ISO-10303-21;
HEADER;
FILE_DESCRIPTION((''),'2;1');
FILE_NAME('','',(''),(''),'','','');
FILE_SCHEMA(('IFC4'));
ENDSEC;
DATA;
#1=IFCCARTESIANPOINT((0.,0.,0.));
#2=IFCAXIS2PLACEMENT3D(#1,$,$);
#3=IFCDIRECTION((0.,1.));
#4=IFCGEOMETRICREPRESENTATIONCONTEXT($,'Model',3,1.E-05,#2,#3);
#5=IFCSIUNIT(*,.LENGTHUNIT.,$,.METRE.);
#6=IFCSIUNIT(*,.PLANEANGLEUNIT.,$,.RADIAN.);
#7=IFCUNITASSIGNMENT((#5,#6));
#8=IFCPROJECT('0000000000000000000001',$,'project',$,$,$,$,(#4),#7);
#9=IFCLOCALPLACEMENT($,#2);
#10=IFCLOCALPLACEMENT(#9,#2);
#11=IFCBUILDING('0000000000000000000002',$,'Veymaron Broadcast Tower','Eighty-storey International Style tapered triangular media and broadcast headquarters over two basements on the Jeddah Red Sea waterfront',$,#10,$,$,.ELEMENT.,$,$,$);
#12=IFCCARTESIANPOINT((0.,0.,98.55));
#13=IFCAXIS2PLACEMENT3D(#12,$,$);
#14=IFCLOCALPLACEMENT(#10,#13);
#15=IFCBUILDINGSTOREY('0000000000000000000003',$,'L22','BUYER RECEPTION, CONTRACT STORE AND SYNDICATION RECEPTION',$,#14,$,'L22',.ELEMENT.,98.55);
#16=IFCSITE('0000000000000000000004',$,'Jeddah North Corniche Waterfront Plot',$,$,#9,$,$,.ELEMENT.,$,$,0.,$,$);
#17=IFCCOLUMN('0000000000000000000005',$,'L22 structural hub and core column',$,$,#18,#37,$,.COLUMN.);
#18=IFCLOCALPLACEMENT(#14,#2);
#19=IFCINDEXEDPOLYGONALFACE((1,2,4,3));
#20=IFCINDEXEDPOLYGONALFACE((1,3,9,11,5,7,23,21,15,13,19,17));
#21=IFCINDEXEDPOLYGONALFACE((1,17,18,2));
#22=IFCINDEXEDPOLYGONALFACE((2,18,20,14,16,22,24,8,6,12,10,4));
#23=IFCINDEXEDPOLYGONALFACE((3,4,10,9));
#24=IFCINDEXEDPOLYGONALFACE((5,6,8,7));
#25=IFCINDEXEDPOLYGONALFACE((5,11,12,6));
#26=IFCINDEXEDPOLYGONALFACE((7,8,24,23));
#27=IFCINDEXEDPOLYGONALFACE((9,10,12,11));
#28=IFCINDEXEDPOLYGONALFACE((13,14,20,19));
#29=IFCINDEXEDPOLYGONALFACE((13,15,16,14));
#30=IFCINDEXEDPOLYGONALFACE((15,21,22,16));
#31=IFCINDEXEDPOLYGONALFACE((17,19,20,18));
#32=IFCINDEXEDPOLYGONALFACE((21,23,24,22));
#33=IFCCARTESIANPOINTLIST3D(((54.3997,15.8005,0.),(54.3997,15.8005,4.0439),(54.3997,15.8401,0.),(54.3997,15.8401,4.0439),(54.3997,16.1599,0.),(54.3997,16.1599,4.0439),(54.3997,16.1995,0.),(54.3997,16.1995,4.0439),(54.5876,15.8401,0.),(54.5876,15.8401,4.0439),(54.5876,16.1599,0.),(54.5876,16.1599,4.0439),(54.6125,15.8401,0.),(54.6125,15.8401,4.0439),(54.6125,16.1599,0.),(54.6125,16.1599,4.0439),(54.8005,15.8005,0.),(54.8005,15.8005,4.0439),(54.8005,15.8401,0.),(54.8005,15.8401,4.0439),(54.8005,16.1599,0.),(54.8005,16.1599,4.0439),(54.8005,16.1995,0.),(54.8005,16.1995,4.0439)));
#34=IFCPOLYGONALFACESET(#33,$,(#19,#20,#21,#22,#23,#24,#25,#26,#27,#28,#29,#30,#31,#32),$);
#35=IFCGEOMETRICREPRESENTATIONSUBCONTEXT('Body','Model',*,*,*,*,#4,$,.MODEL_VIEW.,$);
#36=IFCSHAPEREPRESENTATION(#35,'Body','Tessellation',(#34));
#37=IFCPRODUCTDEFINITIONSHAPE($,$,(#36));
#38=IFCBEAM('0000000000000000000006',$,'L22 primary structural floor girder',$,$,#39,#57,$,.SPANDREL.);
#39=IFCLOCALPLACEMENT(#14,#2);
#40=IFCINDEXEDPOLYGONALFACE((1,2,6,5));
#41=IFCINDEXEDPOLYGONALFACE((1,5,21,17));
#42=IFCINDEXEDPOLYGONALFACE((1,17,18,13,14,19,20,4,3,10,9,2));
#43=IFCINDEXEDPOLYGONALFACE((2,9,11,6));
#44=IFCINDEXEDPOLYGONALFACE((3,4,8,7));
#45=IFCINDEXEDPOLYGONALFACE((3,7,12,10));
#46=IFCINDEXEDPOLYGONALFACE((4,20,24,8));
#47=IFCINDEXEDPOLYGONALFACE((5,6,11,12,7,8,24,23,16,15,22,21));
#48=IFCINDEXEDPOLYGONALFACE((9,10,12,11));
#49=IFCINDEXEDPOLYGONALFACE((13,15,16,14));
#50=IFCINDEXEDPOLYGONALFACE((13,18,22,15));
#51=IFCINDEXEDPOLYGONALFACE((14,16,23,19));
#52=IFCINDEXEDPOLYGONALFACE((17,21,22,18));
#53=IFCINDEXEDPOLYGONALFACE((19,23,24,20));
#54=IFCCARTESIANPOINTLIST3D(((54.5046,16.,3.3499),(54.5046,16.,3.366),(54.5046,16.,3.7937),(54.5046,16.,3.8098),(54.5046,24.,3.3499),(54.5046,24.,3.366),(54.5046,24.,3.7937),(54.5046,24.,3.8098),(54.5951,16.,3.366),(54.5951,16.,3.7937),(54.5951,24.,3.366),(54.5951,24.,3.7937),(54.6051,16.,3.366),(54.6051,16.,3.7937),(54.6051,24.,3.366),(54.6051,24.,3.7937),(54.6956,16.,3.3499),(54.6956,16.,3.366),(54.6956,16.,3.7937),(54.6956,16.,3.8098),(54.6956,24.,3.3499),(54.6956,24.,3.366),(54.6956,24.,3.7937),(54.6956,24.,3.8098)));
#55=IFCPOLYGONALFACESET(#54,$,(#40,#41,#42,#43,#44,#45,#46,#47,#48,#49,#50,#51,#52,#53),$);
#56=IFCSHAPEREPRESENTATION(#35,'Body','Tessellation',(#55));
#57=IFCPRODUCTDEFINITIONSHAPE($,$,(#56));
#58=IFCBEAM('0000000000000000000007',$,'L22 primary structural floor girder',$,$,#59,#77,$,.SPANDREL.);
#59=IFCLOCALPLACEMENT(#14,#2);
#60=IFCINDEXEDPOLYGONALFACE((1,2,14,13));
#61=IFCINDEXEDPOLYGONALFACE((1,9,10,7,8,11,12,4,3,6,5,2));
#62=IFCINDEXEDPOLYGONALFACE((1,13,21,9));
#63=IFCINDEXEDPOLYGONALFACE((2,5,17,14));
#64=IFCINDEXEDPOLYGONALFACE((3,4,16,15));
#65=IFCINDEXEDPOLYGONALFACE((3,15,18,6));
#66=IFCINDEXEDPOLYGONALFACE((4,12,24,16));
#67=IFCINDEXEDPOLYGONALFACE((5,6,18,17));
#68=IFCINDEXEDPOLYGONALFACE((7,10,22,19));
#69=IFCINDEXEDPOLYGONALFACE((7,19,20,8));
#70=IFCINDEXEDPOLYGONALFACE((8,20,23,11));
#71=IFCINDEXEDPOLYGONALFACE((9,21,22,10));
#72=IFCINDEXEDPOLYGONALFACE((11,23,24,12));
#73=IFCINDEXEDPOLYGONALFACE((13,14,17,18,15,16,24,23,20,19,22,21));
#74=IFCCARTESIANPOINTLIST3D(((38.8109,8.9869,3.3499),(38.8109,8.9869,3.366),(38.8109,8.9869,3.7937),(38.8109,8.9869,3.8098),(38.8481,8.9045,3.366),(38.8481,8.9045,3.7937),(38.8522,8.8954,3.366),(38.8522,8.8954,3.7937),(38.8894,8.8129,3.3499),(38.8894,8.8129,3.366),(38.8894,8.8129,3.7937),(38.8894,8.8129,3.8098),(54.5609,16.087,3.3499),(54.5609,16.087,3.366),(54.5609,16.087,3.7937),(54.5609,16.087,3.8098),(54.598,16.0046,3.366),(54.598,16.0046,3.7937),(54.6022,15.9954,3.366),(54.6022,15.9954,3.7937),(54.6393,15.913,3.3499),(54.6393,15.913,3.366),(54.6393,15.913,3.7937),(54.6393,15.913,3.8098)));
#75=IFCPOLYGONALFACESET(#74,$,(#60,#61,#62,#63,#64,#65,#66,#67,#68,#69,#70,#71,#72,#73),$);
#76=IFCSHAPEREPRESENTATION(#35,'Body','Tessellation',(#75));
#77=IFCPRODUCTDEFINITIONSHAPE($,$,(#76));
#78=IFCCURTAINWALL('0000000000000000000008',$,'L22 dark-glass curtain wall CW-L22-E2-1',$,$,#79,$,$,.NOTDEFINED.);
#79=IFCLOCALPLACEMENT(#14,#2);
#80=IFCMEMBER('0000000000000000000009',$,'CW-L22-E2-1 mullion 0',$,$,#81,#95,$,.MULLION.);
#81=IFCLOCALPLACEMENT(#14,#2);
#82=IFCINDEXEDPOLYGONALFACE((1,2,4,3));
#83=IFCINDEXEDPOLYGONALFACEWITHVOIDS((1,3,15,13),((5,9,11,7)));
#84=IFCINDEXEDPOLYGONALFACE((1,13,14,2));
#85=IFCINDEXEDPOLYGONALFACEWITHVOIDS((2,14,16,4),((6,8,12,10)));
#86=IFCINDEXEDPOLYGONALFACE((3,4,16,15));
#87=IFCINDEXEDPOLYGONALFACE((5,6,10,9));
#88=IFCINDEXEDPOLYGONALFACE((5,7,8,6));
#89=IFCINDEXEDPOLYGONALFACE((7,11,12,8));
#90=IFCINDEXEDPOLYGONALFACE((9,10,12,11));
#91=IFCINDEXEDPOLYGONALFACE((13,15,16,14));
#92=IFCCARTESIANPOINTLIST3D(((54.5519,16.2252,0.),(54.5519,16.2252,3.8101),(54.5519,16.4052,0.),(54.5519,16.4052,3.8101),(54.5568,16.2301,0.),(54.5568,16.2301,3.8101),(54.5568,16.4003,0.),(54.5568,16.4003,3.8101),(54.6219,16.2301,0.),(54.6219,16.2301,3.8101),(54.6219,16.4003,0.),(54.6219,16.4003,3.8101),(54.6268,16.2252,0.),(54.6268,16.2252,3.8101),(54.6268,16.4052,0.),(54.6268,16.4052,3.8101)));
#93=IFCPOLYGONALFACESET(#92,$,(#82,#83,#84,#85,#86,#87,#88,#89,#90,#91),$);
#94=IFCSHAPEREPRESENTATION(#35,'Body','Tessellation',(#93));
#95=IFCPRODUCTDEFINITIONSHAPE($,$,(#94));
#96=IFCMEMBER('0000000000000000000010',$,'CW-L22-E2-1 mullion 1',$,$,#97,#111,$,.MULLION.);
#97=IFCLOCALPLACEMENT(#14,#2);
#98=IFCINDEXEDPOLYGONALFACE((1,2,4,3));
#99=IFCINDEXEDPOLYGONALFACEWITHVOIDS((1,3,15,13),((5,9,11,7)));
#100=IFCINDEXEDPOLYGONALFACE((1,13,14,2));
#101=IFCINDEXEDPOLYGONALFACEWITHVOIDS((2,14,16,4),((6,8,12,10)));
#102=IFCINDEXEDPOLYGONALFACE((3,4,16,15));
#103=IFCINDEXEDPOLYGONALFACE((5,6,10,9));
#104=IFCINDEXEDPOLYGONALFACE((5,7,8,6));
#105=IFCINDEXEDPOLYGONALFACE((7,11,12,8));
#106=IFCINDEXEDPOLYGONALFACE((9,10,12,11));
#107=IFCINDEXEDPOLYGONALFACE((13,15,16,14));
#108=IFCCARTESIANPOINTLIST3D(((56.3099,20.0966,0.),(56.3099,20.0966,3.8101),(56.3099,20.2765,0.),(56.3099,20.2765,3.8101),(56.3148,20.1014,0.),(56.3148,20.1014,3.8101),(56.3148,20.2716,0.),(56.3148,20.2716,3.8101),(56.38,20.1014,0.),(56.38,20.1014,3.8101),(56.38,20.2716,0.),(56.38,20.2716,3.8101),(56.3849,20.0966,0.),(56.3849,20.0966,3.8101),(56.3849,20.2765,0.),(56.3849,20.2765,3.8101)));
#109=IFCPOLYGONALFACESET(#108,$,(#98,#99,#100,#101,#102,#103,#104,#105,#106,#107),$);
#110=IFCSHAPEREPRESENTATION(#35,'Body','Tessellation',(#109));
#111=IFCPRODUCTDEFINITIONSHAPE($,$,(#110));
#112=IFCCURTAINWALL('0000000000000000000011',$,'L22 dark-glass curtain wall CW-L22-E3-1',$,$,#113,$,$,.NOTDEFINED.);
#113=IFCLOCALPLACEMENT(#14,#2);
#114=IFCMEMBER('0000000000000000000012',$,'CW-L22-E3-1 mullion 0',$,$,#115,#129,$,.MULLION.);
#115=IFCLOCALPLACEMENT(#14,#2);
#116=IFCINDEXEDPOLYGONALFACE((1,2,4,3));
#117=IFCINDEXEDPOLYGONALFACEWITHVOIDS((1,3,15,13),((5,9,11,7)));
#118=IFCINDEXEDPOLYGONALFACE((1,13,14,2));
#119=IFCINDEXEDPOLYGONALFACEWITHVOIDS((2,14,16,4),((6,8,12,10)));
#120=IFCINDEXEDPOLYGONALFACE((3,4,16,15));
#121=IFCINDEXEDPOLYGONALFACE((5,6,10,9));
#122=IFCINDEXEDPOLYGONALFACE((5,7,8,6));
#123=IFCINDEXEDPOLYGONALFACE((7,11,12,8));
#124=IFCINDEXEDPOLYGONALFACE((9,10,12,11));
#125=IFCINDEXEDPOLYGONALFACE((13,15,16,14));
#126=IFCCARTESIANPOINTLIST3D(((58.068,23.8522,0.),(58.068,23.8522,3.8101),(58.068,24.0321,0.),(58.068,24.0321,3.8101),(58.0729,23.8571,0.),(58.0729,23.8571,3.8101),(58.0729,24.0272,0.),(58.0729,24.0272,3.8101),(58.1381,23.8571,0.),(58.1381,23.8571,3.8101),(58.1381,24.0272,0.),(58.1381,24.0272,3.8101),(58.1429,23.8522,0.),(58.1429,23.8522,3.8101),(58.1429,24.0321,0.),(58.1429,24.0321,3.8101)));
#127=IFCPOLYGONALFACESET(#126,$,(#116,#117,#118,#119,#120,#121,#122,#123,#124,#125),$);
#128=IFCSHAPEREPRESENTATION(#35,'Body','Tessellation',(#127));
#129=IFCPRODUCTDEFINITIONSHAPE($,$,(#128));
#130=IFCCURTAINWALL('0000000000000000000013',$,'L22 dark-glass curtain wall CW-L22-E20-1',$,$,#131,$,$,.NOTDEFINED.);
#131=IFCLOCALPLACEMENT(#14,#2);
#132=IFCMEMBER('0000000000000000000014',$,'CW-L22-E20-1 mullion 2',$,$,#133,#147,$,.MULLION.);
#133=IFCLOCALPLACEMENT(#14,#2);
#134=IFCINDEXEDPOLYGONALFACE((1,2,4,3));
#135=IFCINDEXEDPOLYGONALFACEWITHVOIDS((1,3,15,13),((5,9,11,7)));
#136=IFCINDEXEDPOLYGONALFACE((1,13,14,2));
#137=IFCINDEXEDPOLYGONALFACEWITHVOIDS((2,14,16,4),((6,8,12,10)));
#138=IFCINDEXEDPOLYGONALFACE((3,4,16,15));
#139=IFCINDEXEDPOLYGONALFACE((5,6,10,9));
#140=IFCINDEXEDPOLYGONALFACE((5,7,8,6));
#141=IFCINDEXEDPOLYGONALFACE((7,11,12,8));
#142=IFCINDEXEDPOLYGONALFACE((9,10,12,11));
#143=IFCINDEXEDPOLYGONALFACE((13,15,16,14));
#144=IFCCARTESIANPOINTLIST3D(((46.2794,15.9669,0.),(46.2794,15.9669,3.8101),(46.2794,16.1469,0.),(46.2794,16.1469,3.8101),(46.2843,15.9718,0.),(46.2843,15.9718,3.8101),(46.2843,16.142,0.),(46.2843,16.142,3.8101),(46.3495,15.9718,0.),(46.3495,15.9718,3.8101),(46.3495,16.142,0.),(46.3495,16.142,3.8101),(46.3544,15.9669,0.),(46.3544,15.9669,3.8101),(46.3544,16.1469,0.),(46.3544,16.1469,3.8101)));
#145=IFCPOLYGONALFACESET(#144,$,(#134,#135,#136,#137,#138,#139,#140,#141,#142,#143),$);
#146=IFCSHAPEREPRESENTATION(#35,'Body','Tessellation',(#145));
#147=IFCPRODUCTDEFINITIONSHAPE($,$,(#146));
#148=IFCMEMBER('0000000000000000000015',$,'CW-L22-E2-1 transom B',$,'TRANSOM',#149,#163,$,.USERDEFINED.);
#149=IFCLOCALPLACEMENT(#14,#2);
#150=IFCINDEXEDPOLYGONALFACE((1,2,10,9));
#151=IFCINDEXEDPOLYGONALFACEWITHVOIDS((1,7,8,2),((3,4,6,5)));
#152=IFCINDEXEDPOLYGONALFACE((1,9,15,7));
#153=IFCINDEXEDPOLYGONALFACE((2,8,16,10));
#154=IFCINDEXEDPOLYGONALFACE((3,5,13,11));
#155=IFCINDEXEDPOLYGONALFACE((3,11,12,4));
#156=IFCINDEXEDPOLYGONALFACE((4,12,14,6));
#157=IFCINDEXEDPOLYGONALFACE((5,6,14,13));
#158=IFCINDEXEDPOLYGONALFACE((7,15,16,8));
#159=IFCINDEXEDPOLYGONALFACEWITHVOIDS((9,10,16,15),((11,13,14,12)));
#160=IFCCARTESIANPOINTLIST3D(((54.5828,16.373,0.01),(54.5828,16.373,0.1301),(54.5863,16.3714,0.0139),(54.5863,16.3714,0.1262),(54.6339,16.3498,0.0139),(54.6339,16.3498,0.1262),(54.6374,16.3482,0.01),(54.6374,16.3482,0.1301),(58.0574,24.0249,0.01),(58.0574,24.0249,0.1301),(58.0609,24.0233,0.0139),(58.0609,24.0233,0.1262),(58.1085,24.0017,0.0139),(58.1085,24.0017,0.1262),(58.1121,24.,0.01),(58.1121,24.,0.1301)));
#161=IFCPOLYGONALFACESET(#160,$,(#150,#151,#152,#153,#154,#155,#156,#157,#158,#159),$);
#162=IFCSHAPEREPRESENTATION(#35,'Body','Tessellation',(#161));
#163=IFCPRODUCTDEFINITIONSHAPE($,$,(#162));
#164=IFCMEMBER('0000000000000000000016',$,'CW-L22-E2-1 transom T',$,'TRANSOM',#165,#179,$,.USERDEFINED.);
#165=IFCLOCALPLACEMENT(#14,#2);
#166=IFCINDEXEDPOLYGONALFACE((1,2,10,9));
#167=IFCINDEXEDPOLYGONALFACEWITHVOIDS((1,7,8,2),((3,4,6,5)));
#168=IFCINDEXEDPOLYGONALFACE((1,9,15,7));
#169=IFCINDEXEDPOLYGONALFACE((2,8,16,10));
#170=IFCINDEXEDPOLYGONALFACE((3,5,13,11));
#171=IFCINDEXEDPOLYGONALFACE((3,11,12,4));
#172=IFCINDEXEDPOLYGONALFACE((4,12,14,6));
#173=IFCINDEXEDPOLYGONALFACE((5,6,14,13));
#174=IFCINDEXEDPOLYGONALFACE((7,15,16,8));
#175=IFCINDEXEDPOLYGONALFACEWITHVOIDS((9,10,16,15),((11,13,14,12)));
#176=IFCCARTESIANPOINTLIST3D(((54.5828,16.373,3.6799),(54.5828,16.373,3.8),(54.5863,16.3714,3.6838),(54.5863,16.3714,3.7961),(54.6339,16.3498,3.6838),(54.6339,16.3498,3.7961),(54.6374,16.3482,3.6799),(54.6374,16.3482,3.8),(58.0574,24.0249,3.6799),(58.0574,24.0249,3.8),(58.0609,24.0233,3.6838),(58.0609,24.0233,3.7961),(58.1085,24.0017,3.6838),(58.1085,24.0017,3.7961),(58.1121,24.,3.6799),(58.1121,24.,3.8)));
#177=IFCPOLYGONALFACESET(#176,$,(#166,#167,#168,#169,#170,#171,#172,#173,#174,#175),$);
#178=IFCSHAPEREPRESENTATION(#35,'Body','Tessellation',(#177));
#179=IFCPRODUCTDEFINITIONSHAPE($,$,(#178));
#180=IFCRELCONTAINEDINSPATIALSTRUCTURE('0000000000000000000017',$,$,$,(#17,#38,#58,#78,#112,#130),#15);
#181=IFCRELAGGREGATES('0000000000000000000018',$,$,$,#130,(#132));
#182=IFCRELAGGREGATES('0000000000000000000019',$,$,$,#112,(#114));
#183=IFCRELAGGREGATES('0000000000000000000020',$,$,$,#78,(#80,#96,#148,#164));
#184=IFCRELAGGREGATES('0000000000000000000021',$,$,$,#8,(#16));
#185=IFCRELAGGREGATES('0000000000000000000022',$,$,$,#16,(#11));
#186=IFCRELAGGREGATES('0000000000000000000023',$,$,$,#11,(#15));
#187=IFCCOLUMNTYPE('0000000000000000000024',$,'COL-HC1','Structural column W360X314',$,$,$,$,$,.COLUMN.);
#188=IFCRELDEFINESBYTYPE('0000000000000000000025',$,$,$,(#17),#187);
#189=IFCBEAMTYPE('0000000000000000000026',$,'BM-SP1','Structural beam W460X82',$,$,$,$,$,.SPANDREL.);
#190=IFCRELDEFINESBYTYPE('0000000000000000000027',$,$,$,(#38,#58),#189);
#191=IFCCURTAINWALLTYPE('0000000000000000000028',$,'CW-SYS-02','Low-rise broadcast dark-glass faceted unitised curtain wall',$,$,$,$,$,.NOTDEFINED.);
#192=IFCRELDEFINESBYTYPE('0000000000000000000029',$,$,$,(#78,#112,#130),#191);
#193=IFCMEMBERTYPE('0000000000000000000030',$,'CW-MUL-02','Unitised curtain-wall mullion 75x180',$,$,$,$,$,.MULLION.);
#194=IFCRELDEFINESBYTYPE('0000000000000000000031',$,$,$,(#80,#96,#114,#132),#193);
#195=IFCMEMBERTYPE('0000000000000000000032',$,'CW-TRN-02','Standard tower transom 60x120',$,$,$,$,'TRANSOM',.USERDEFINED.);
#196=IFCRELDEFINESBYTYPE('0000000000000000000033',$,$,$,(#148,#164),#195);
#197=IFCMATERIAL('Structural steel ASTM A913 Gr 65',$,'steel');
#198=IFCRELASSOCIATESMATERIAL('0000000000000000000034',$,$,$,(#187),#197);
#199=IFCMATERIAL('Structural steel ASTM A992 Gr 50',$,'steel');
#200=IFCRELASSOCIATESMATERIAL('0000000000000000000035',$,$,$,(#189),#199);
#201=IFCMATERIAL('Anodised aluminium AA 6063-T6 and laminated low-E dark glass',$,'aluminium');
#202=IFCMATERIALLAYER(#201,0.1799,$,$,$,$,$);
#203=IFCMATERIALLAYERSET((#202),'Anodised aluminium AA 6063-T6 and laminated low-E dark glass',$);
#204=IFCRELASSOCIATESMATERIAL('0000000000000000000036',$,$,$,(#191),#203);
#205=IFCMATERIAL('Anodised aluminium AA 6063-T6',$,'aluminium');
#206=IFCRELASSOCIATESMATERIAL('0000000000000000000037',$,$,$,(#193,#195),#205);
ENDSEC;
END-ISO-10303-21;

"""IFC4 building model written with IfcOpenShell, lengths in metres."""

from ifc_helpers import new_model, si_unit, direction, frame, origin, origin_2d, place, context, subcontext, project, spatial, hollow_rectangle, i_section, extrude, material, layer, layer_set, material_profile, profile_set, type_object, element, aggregate, save


model = new_model("IFC4")

# Units and contexts
model_context = context("Model", 3, precision=1e-05, world=origin(), true_north=direction((0.0, 1.0)))
body_context = subcontext(model_context, "Body", "Model", "MODEL_VIEW")
ifc_project = project(units=[si_unit("LENGTHUNIT", "METRE"), si_unit("PLANEANGLEUNIT", "RADIAN")], contexts=[model_context])

# Site, building, storey
site_placement = place(None, origin())
site = spatial("IfcSite", under=ifc_project, at=site_placement, Name="Jeddah North Corniche Waterfront Plot", CompositionType="ELEMENT", RefElevation=0.0)
building_placement = place(site_placement, origin())
building = spatial("IfcBuilding", under=site, at=building_placement, Name="Veymaron Broadcast Tower", Description="Eighty-storey International Style tapered triangular media and broadcast headquarters over two basements on the Jeddah Red Sea waterfront", CompositionType="ELEMENT")
storey_placement = place(building_placement, frame((0.0, 0.0, 98.55)))
storey = spatial("IfcBuildingStorey", under=building, at=storey_placement, Name="L22", Description="BUYER RECEPTION, CONTRACT STORE AND SYNDICATION RECEPTION", LongName="L22", CompositionType="ELEMENT", Elevation=98.55)

# Column
ifc_material_1 = material(Name="Structural steel ASTM A913 Gr 65", Category="steel")
ifc_material_profile_1 = material_profile(ifc_material_1, i_section(OverallWidth=0.4009, OverallDepth=0.3989, WebThickness=0.0249, FlangeThickness=0.0396, at=origin_2d()), Name="W360X314")
ifc_profile_set_1 = profile_set([ifc_material_profile_1], Name="Structural steel ASTM A913 Gr 65")
column_type = type_object("IfcColumnType", Name="COL-HC1", Description="Structural column W360X314", PredefinedType="COLUMN", material=ifc_profile_set_1)
column_placement = place(storey_placement, frame((54.6001, 16.0, 0.0), z_axis=(0.0, 0.0, 1.0), x_axis=(1.0, 0.0, 0.0)))
element("IfcColumn", 1, at=column_placement, inside=storey, type_object=column_type, Name="L22 structural hub and core column", PredefinedType="COLUMN", context=body_context, shape_type="SweptSolid", body=[
    extrude(i_section(OverallWidth=0.4009, OverallDepth=0.3989, WebThickness=0.0249, FlangeThickness=0.0396, at=origin_2d()), origin(), (0.0, 0.0, 1.0), 4.0439),
])

# Beams
ifc_material_2 = material(Name="Structural steel ASTM A992 Gr 50", Category="steel")
ifc_material_profile_2 = material_profile(ifc_material_2, i_section(OverallWidth=0.1909, OverallDepth=0.46, WebThickness=0.01, FlangeThickness=0.0161, at=origin_2d()), Name="W460X82")
ifc_profile_set_2 = profile_set([ifc_material_profile_2], Name="Structural steel ASTM A992 Gr 50")
beam_type = type_object("IfcBeamType", Name="BM-SP1", Description="Structural beam W460X82", PredefinedType="SPANDREL", material=ifc_profile_set_2)
beam_1_placement = place(storey_placement, frame((54.6001, 16.0, 3.5798), z_axis=(0.0, 1.0, 0.0), x_axis=(-1.0, 0.0, 0.0)))
element("IfcBeam", 2, at=beam_1_placement, inside=storey, type_object=beam_type, Name="L22 primary structural floor girder", PredefinedType="SPANDREL", context=body_context, shape_type="SweptSolid", body=[
    extrude(i_section(OverallWidth=0.1909, OverallDepth=0.46, WebThickness=0.01, FlangeThickness=0.0161, at=origin_2d()), origin(), (0.0, 0.0, 1.0), 8.0),
])
beam_2_placement = place(storey_placement, frame((54.6001, 16.0, 3.5798), z_axis=(-0.911648, -0.410971, 0.0), x_axis=(0.410971, -0.911648, 0.0)))
element("IfcBeam", 3, at=beam_2_placement, inside=storey, type_object=beam_type, Name="L22 primary structural floor girder", PredefinedType="SPANDREL", context=body_context, shape_type="SweptSolid", body=[
    extrude(i_section(OverallWidth=0.1909, OverallDepth=0.46, WebThickness=0.01, FlangeThickness=0.0161, at=origin_2d()), origin(), (0.0, 0.0, 1.0), 17.2764),
])

# Curtain wall, members
ifc_material_3 = material(Name="Anodised aluminium AA 6063-T6 and laminated low-E dark glass", Category="aluminium")
ifc_layer_1 = layer(ifc_material_3, 0.1799)
ifc_layer_set_1 = layer_set([ifc_layer_1], Name="Anodised aluminium AA 6063-T6 and laminated low-E dark glass")
curtain_wall_type = type_object("IfcCurtainWallType", Name="CW-SYS-02", Description="Low-rise broadcast dark-glass faceted unitised curtain wall", PredefinedType="NOTDEFINED", material=ifc_layer_set_1)
curtain_wall_1_placement = place(storey_placement, origin())
curtain_wall_1 = element("IfcCurtainWall", 4, at=curtain_wall_1_placement, inside=storey, type_object=curtain_wall_type, Name="L22 dark-glass curtain wall CW-L22-E2-1", PredefinedType="NOTDEFINED")
ifc_material_4 = material(Name="Anodised aluminium AA 6063-T6", Category="aluminium")
ifc_material_profile_3 = material_profile(ifc_material_4, hollow_rectangle(XDim=0.075, YDim=0.1799, WallThickness=0.0049, at=origin_2d()), Name="AL180X75X5")
ifc_profile_set_3 = profile_set([ifc_material_profile_3], Name="Anodised aluminium AA 6063-T6")
member_type_1 = type_object("IfcMemberType", Name="CW-MUL-02", Description="Unitised curtain-wall mullion 75x180", PredefinedType="MULLION", material=ifc_profile_set_3)
member_1_placement = place(storey_placement, frame((54.5894, 16.3152, 0.0), z_axis=(0.0, 0.0, 1.0), x_axis=(1.0, 0.0, 0.0)))
member_1 = element("IfcMember", 5, at=member_1_placement, type_object=member_type_1, Name="CW-L22-E2-1 mullion 0", PredefinedType="MULLION", context=body_context, shape_type="SweptSolid", body=[
    extrude(hollow_rectangle(XDim=0.075, YDim=0.1799, WallThickness=0.0049, at=origin_2d()), origin(), (0.0, 0.0, 1.0), 3.8101),
])
member_2_placement = place(storey_placement, frame((56.3474, 20.1865, 0.0), z_axis=(0.0, 0.0, 1.0), x_axis=(1.0, 0.0, 0.0)))
member_2 = element("IfcMember", 6, at=member_2_placement, type_object=member_type_1, Name="CW-L22-E2-1 mullion 1", PredefinedType="MULLION", context=body_context, shape_type="SweptSolid", body=[
    extrude(hollow_rectangle(XDim=0.075, YDim=0.1799, WallThickness=0.0049, at=origin_2d()), origin(), (0.0, 0.0, 1.0), 3.8101),
])

# Curtain walls, members
curtain_wall_2_placement = place(storey_placement, origin())
curtain_wall_2 = element("IfcCurtainWall", 7, at=curtain_wall_2_placement, inside=storey, type_object=curtain_wall_type, Name="L22 dark-glass curtain wall CW-L22-E3-1", PredefinedType="NOTDEFINED")
member_3_placement = place(storey_placement, frame((58.1055, 23.9421, 0.0), z_axis=(0.0, 0.0, 1.0), x_axis=(1.0, 0.0, 0.0)))
member_3 = element("IfcMember", 8, at=member_3_placement, type_object=member_type_1, Name="CW-L22-E3-1 mullion 0", PredefinedType="MULLION", context=body_context, shape_type="SweptSolid", body=[
    extrude(hollow_rectangle(XDim=0.075, YDim=0.1799, WallThickness=0.0049, at=origin_2d()), origin(), (0.0, 0.0, 1.0), 3.8101),
])
curtain_wall_3_placement = place(storey_placement, origin())
curtain_wall_3 = element("IfcCurtainWall", 9, at=curtain_wall_3_placement, inside=storey, type_object=curtain_wall_type, Name="L22 dark-glass curtain wall CW-L22-E20-1", PredefinedType="NOTDEFINED")
member_4_placement = place(storey_placement, frame((46.3169, 16.0569, 0.0), z_axis=(0.0, 0.0, 1.0), x_axis=(1.0, 0.0, 0.0)))
member_4 = element("IfcMember", 10, at=member_4_placement, type_object=member_type_1, Name="CW-L22-E20-1 mullion 2", PredefinedType="MULLION", context=body_context, shape_type="SweptSolid", body=[
    extrude(hollow_rectangle(XDim=0.075, YDim=0.1799, WallThickness=0.0049, at=origin_2d()), origin(), (0.0, 0.0, 1.0), 3.8101),
])
aggregate(curtain_wall_3, [member_4])

# Members
ifc_material_profile_4 = material_profile(ifc_material_4, hollow_rectangle(XDim=0.0601, YDim=0.1201, WallThickness=0.0039, at=origin_2d()), Name="AL120X60X4")
ifc_profile_set_4 = profile_set([ifc_material_profile_4], Name="Anodised aluminium AA 6063-T6")
member_type_2 = type_object("IfcMemberType", Name="CW-TRN-02", Description="Standard tower transom 60x120", ElementType="TRANSOM", PredefinedType="USERDEFINED", material=ifc_profile_set_4)
member_5_placement = place(storey_placement, frame((54.6101, 16.3606, 0.0701), z_axis=(0.413457, 0.910524, 0.0), x_axis=(-0.910524, 0.413457, 0.0)))
member_5 = element("IfcMember", 11, at=member_5_placement, type_object=member_type_2, Name="CW-L22-E2-1 transom B", ObjectType="TRANSOM", PredefinedType="USERDEFINED", context=body_context, shape_type="SweptSolid", body=[
    extrude(hollow_rectangle(XDim=0.0601, YDim=0.1201, WallThickness=0.0039, at=origin_2d()), origin(), (0.0, 0.0, 1.0), 8.4038),
])
member_6_placement = place(storey_placement, frame((54.6101, 16.3606, 3.74), z_axis=(0.413457, 0.910524, 0.0), x_axis=(-0.910524, 0.413457, 0.0)))
member_6 = element("IfcMember", 12, at=member_6_placement, type_object=member_type_2, Name="CW-L22-E2-1 transom T", ObjectType="TRANSOM", PredefinedType="USERDEFINED", context=body_context, shape_type="SweptSolid", body=[
    extrude(hollow_rectangle(XDim=0.0601, YDim=0.1201, WallThickness=0.0039, at=origin_2d()), origin(), (0.0, 0.0, 1.0), 8.4038),
])
aggregate(curtain_wall_2, [member_3])

aggregate(curtain_wall_1, [member_1, member_2, member_5, member_6])

save(model, "model.ifc")
